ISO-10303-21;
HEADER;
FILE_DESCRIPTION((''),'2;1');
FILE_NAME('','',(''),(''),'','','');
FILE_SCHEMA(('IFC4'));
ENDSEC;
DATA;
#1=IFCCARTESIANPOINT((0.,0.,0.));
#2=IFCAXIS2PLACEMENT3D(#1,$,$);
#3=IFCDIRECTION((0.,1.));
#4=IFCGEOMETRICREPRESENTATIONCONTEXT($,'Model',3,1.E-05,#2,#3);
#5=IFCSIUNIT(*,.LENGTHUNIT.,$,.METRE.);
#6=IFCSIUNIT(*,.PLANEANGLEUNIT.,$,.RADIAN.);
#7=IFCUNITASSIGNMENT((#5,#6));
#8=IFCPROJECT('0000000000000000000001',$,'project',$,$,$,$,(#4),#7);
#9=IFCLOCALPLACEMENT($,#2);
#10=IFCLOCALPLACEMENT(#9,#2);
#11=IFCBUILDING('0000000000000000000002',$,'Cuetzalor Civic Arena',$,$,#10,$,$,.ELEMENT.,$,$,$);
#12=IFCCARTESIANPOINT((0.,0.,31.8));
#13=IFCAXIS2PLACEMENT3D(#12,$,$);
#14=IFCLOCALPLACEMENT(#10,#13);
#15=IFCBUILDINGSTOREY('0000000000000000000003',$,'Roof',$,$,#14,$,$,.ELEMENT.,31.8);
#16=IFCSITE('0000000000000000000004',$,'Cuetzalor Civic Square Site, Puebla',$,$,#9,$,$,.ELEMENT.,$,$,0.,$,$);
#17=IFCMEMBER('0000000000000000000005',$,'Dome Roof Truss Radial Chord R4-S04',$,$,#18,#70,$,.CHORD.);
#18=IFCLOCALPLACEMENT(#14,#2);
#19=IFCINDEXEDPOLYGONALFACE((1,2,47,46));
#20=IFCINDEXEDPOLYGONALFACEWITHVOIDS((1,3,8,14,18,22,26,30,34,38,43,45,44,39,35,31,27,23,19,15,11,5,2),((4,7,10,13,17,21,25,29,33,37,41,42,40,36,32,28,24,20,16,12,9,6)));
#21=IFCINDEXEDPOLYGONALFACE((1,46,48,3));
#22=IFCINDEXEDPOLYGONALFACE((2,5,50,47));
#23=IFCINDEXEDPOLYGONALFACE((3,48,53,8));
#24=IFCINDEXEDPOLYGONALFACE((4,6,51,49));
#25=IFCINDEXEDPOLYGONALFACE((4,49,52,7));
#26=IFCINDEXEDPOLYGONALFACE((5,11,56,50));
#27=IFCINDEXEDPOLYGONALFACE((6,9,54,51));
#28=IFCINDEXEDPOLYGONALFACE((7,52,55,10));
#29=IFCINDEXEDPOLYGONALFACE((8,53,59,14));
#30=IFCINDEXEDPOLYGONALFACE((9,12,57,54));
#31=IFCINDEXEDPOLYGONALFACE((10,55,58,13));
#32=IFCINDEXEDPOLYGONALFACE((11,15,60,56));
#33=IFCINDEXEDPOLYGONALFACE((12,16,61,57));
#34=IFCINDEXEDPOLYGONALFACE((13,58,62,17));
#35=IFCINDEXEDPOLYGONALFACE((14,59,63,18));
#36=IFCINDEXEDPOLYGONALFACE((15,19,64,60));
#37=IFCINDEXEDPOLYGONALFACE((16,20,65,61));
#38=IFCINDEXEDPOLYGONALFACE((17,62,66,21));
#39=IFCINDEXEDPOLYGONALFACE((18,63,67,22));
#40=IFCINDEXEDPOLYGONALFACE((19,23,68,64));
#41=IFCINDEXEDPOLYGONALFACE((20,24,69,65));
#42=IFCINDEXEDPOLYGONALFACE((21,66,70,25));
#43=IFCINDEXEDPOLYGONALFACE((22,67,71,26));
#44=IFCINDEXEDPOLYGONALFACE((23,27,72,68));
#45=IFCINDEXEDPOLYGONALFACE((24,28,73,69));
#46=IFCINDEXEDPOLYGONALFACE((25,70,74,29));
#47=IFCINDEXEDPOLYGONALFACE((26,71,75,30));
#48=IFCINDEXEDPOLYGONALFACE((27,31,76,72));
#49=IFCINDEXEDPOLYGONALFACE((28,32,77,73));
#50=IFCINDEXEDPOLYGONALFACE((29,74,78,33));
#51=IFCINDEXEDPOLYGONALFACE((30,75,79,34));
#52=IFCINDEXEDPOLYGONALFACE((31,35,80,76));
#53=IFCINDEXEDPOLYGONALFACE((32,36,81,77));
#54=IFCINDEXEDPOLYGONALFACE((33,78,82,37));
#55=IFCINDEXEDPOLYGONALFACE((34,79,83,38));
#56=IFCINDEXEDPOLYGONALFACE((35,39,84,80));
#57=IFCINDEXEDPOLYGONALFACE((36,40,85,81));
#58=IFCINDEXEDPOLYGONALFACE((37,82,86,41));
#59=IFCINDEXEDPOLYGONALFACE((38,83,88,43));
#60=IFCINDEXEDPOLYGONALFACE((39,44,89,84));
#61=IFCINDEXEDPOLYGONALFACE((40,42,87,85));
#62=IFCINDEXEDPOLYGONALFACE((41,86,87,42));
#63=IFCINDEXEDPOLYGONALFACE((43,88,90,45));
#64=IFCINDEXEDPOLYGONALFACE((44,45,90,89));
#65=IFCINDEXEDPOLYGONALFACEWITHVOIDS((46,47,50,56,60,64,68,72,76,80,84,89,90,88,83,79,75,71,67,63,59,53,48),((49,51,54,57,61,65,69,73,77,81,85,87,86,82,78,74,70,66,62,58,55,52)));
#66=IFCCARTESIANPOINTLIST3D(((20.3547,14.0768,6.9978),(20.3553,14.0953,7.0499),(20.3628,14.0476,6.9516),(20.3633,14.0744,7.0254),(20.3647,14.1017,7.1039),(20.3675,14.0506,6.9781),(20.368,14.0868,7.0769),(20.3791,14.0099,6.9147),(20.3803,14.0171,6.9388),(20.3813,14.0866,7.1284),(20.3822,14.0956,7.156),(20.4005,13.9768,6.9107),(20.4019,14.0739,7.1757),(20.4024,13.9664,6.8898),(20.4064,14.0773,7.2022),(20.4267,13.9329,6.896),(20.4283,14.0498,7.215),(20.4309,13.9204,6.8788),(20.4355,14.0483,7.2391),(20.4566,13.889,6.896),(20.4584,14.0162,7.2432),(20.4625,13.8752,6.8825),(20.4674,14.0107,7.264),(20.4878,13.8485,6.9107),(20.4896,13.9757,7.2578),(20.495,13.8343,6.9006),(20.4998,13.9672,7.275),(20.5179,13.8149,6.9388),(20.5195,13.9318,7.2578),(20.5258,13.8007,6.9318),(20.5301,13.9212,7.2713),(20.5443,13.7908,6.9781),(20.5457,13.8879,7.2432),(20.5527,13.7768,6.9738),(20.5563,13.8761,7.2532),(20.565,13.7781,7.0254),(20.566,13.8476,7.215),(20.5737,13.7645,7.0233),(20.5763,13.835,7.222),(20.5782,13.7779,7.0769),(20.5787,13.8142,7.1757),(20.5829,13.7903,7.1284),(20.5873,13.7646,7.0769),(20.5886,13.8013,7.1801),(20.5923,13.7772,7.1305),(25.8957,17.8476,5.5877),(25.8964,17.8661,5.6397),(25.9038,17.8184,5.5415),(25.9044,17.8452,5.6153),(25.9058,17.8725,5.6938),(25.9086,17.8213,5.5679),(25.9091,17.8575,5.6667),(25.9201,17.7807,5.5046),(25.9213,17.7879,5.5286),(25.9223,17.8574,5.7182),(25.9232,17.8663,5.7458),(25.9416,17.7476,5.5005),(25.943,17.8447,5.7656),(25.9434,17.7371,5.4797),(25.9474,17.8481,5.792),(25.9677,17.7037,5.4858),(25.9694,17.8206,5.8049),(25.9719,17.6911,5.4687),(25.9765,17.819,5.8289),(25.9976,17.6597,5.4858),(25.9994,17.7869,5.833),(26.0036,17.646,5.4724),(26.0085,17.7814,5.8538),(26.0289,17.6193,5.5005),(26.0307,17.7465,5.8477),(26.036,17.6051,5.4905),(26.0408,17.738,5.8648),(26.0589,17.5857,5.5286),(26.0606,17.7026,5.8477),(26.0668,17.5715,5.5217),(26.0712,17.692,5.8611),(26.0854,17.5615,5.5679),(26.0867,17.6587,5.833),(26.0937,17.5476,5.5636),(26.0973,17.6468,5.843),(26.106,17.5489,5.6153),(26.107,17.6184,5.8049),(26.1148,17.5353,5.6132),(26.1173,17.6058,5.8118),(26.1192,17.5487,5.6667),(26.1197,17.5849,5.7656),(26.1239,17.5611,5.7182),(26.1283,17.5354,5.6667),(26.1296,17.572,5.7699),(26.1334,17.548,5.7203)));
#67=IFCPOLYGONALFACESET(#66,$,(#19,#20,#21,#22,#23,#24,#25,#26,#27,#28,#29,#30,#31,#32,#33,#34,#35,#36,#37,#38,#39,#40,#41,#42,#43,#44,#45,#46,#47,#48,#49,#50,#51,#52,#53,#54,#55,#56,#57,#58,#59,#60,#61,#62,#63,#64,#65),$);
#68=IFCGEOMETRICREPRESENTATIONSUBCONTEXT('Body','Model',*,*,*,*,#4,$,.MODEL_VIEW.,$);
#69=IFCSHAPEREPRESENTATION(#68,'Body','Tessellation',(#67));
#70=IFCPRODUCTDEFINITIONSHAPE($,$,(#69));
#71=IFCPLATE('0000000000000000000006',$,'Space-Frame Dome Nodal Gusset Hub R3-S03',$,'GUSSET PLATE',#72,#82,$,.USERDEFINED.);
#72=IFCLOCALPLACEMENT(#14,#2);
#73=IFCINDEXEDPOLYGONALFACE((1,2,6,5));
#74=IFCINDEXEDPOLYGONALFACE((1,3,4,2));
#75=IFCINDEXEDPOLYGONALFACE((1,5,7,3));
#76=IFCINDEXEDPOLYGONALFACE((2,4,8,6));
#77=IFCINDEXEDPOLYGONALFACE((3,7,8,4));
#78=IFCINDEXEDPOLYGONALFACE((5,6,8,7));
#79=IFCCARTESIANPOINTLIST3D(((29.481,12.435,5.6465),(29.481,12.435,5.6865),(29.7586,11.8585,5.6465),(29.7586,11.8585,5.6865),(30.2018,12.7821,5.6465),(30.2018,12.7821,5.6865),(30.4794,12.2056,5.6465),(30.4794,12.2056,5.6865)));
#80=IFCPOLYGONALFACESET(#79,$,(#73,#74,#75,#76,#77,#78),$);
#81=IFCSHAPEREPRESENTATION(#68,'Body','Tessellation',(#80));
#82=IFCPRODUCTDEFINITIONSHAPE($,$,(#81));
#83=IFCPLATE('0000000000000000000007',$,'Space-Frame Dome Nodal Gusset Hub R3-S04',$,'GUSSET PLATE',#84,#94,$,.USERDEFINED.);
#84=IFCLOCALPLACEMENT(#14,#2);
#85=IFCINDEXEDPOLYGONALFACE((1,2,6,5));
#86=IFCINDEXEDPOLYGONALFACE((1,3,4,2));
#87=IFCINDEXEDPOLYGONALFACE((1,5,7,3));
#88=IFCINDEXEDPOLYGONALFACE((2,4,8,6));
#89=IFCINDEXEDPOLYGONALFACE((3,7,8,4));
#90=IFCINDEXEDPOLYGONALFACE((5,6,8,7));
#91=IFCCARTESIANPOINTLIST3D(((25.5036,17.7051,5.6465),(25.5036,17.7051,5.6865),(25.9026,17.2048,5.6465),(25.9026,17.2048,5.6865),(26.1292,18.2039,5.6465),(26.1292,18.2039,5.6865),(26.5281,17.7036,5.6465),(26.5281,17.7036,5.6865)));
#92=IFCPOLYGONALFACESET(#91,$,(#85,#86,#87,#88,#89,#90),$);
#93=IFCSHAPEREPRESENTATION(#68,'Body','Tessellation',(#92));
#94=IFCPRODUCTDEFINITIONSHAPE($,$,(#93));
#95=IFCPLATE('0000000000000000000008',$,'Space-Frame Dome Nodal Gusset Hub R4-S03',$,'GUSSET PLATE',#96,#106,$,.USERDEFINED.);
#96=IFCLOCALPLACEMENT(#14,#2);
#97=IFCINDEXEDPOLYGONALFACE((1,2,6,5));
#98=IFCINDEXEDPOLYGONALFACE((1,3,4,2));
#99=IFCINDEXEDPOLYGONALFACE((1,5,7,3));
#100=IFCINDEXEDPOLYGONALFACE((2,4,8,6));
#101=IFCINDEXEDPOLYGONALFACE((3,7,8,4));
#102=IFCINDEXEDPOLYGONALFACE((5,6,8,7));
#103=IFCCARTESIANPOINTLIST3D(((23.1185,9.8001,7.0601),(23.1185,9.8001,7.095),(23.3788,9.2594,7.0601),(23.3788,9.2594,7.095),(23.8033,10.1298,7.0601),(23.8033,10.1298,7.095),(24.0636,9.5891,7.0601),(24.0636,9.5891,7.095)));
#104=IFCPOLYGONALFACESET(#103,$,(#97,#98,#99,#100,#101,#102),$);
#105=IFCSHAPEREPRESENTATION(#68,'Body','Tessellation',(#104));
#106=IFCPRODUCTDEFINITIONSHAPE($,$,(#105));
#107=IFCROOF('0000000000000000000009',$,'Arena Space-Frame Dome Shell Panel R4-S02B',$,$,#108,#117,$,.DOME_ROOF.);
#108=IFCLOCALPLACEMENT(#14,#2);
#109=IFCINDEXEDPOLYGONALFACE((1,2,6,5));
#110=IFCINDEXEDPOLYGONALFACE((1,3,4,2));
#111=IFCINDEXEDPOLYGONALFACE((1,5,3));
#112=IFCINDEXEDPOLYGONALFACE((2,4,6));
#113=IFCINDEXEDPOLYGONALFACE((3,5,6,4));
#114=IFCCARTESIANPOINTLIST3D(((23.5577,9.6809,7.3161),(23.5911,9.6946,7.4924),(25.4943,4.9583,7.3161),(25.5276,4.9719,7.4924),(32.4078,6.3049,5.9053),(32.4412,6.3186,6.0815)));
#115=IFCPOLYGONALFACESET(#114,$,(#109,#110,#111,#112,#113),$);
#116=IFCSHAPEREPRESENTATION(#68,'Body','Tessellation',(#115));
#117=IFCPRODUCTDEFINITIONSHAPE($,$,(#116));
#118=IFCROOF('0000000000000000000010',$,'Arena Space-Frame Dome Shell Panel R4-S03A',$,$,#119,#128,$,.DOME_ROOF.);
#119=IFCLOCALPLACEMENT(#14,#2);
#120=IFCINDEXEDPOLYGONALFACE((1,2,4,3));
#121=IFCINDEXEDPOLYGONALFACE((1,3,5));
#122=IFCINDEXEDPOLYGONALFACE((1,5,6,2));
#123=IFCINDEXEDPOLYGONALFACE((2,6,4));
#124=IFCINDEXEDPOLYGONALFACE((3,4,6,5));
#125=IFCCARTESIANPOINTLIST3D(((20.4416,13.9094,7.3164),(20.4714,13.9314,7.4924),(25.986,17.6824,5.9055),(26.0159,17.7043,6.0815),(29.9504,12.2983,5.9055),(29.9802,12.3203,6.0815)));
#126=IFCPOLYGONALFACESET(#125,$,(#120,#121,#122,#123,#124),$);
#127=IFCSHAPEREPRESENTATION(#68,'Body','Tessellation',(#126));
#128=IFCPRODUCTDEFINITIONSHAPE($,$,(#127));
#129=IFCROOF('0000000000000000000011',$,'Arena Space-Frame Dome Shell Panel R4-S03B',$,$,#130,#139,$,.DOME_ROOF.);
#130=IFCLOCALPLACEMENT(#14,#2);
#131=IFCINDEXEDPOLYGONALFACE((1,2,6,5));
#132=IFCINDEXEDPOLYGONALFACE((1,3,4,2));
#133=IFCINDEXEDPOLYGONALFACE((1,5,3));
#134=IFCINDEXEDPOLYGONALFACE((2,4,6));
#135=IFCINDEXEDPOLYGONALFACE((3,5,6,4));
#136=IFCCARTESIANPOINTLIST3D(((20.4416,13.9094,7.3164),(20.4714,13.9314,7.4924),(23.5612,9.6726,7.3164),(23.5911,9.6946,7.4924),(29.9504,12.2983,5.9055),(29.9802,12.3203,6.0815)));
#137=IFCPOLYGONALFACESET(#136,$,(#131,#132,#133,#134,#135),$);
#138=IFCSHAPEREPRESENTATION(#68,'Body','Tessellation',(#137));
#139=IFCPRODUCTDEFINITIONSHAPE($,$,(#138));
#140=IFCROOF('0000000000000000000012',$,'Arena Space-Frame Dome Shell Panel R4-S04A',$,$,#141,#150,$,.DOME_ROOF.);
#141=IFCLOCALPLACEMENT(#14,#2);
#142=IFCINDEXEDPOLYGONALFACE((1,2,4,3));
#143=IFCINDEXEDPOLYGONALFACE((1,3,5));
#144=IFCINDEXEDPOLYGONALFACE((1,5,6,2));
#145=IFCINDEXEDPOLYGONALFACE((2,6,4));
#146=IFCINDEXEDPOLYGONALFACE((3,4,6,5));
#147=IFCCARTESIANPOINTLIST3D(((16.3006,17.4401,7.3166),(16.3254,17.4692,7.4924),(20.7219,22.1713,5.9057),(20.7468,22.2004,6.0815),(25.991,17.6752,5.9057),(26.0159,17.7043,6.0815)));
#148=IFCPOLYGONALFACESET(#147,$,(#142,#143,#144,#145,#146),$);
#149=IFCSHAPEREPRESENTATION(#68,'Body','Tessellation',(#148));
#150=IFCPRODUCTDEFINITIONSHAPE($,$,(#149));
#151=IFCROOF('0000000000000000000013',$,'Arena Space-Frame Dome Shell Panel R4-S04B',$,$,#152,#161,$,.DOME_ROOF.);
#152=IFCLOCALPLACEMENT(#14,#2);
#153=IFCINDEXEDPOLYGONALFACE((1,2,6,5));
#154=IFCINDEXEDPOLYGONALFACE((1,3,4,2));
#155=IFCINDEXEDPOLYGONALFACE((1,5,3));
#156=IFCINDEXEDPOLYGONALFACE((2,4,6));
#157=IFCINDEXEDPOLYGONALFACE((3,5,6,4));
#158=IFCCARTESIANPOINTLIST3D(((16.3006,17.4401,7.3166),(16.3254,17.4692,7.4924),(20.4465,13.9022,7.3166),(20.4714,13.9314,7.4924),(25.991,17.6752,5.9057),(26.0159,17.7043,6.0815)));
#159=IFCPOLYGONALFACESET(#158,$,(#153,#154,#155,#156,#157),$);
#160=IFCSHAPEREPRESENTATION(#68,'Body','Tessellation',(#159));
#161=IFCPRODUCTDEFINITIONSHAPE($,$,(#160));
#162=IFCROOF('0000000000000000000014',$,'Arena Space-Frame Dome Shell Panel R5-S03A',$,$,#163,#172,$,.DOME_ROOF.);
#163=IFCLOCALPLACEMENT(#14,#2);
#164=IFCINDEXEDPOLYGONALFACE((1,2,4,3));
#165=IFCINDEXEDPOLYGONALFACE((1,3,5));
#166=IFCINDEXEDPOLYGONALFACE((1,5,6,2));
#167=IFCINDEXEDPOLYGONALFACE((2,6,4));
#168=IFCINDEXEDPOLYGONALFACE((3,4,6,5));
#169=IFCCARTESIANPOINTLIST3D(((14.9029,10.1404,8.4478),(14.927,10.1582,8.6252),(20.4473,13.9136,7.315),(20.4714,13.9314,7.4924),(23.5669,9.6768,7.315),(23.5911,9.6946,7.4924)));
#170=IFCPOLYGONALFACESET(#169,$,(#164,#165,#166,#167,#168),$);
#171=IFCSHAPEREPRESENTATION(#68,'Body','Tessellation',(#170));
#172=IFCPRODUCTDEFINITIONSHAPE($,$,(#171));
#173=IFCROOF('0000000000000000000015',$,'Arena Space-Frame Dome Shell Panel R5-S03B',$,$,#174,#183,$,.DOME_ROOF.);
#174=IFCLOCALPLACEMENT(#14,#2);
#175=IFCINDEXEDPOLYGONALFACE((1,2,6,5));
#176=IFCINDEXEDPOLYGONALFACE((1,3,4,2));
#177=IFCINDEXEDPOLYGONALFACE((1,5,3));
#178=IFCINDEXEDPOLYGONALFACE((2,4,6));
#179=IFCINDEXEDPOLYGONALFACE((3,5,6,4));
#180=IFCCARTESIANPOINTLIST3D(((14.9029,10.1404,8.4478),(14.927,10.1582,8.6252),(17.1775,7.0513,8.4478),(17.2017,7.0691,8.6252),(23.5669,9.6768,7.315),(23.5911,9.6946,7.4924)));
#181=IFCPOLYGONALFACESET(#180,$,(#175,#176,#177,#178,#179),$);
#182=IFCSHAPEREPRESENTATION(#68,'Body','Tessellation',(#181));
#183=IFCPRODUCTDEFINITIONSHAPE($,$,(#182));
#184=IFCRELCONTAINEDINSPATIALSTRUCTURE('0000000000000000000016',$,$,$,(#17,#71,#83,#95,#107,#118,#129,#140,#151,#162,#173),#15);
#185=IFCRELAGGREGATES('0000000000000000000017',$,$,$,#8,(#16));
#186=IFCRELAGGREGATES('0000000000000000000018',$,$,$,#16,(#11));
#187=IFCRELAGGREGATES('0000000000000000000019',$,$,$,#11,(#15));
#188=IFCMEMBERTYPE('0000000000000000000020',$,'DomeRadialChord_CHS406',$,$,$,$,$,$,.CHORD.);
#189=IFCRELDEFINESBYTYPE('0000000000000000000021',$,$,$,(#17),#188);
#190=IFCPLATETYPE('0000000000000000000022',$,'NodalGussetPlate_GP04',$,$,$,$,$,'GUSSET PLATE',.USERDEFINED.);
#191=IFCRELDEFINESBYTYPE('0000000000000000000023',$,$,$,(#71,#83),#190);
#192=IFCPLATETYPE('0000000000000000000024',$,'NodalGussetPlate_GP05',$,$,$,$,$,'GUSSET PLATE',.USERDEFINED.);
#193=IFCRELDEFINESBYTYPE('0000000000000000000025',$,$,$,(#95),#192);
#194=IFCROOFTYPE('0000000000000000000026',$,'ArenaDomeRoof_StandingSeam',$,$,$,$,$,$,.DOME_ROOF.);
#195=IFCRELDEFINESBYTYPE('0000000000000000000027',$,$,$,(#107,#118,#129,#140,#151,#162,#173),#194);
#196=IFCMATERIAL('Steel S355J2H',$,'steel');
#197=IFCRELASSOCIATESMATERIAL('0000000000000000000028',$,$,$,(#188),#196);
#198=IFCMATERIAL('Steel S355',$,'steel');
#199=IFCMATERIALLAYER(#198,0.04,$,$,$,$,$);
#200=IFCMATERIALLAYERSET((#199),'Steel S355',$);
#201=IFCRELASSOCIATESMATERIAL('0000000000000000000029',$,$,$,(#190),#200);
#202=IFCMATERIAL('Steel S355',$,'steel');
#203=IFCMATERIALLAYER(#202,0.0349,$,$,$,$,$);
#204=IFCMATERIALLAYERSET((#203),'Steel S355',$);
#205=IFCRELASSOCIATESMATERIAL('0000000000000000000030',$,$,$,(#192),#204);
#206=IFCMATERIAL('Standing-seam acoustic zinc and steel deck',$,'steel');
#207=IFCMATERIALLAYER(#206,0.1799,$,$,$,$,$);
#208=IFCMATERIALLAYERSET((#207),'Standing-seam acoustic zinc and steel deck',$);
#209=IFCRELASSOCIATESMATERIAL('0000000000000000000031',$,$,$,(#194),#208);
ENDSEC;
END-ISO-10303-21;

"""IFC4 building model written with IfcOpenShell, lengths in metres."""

from ifc_helpers import new_model, si_unit, direction, frame, origin, origin_2d, place, context, subcontext, project, spatial, polyline, rectangle, hollow_circle, outline, extrude, material, layer, layer_set, material_profile, profile_set, type_object, element, save


model = new_model("IFC4")

# Units and contexts
model_context = context("Model", 3, precision=1e-05, world=origin(), true_north=direction((0.0, 1.0)))
body_context = subcontext(model_context, "Body", "Model", "MODEL_VIEW")
ifc_project = project(units=[si_unit("LENGTHUNIT", "METRE"), si_unit("PLANEANGLEUNIT", "RADIAN")], contexts=[model_context])

# Site, building, storey
site_placement = place(None, origin())
site = spatial("IfcSite", under=ifc_project, at=site_placement, Name="Cuetzalor Civic Square Site, Puebla", CompositionType="ELEMENT", RefElevation=0.0)
building_placement = place(site_placement, origin())
building = spatial("IfcBuilding", under=site, at=building_placement, Name="Cuetzalor Civic Arena", CompositionType="ELEMENT")
storey_placement = place(building_placement, frame((0.0, 0.0, 31.8)))
storey = spatial("IfcBuildingStorey", under=building, at=storey_placement, Name="Roof", CompositionType="ELEMENT", Elevation=31.8)

# Member
ifc_material_1 = material(Name="Steel S355J2H", Category="steel")
ifc_material_profile_1 = material_profile(ifc_material_1, hollow_circle(Radius=0.2029, WallThickness=0.0161, at=origin_2d()), Name="CHS 406x16")
ifc_profile_set_1 = profile_set([ifc_material_profile_1], Name="Steel S355J2H")
member_type_1 = type_object("IfcMemberType", Name="DomeRadialChord_CHS406", PredefinedType="CHORD", material=ifc_profile_set_1)
member_1_placement = place(storey_placement, frame((26.0142, 17.7031, 5.6667), z_axis=(-0.809015, -0.550548, 0.20589), x_axis=(0.562602, -0.826728, 0.0)))
element("IfcMember", 1, at=member_1_placement, inside=storey, type_object=member_type_1, Name="Dome Roof Truss Radial Chord R4-S04", PredefinedType="CHORD", context=body_context, shape_type="SweptSolid", body=[
    extrude(hollow_circle(Radius=0.2029, WallThickness=0.0161, at=origin_2d()), origin(), (0.0, 0.0, 1.0), 6.8491),
])

# Plates
ifc_material_2 = material(Name="Steel S355", Category="steel")
ifc_layer_1 = layer(ifc_material_2, 0.04)
ifc_layer_set_1 = layer_set([ifc_layer_1], Name="Steel S355")
plate_type_1 = type_object("IfcPlateType", Name="NodalGussetPlate_GP04", ElementType="GUSSET PLATE", PredefinedType="USERDEFINED", material=ifc_layer_set_1)
for number, where, z_axis, x_axis, name in (
    (2, (29.9802, 12.3203, 5.6465), (0.0, 0.0, 1.0), (0.901001, 0.433816, 0.0), "Space-Frame Dome Nodal Gusset Hub R3-S03"),
    (3, (26.0159, 17.7043, 5.6465), (0.0, 0.0, 1.0), (0.781847, 0.62347, 0.0), "Space-Frame Dome Nodal Gusset Hub R3-S04"),
):
    element("IfcPlate", number, at=place(storey_placement, frame(where, z_axis=z_axis, x_axis=x_axis)), inside=storey, type_object=plate_type_1, Name=name, ObjectType="GUSSET PLATE", PredefinedType="USERDEFINED", context=body_context, shape_type="SweptSolid", body=[
        extrude(rectangle(XDim=0.8, YDim=0.6399, at=origin_2d()), origin(), (0.0, 0.0, 1.0), 0.04),
    ])
ifc_material_3 = material(Name="Steel S355", Category="steel")
ifc_layer_2 = layer(ifc_material_3, 0.0349)
ifc_layer_set_2 = layer_set([ifc_layer_2], Name="Steel S355")
plate_type_2 = type_object("IfcPlateType", Name="NodalGussetPlate_GP05", ElementType="GUSSET PLATE", PredefinedType="USERDEFINED", material=ifc_layer_set_2)
plate_placement = place(storey_placement, frame((23.5911, 9.6946, 7.0601), z_axis=(0.0, 0.0, 1.0), x_axis=(0.901001, 0.433816, 0.0)))
element("IfcPlate", 4, at=plate_placement, inside=storey, type_object=plate_type_2, Name="Space-Frame Dome Nodal Gusset Hub R4-S03", ObjectType="GUSSET PLATE", PredefinedType="USERDEFINED", context=body_context, shape_type="SweptSolid", body=[
    extrude(rectangle(XDim=0.76, YDim=0.6001, at=origin_2d()), origin(), (0.0, 0.0, 1.0), 0.0349),
])

# Roofs
ifc_material_4 = material(Name="Standing-seam acoustic zinc and steel deck", Category="steel")
ifc_layer_3 = layer(ifc_material_4, 0.1799)
ifc_layer_set_3 = layer_set([ifc_layer_3], Name="Standing-seam acoustic zinc and steel deck")
roof_type = type_object("IfcRoofType", Name="ArenaDomeRoof_StandingSeam", PredefinedType="DOME_ROOF", material=ifc_layer_set_3)
roof_1_placement = place(storey_placement, frame((32.4412, 6.3186, 6.0815), z_axis=(0.185158, 0.075924, 0.979771), x_axis=(-0.924134, 0.352522, 0.147326)))
element("IfcRoof", 5, at=roof_1_placement, inside=storey, type_object=roof_type, Name="Arena Space-Frame Dome Shell Panel R4-S02B", PredefinedType="DOME_ROOF", context=body_context, shape_type="SweptSolid", body=[
    extrude(outline(polyline([(0.0, 0.0), (9.5766, 0.0), (6.1222, 3.7577), (0.0, 0.0)])), origin(), (0.0, 0.0, -1.0), 0.1799),
])
roof_2_placement = place(storey_placement, frame((29.9802, 12.3203, 6.0815), z_axis=(0.16589, 0.122148, 0.97855), x_axis=(-0.592925, 0.805258, 0.0)))
element("IfcRoof", 6, at=roof_2_placement, inside=storey, type_object=roof_type, Name="Arena Space-Frame Dome Shell Panel R4-S03A", PredefinedType="DOME_ROOF", context=body_context, shape_type="SweptSolid", body=[
    extrude(outline(polyline([(0.0, 0.0), (6.6861, 0.0), (6.9353, 6.8487), (0.0, 0.0)])), origin(), (0.0, 0.0, -1.0), 0.1799),
])
roof_3_placement = place(storey_placement, frame((29.9802, 12.3203, 6.0815), z_axis=(0.16589, 0.122147, 0.97855), x_axis=(-0.975564, 0.165291, 0.144752)))
element("IfcRoof", 7, at=roof_3_placement, inside=storey, type_object=roof_type, Name="Arena Space-Frame Dome Shell Panel R4-S03B", PredefinedType="DOME_ROOF", context=body_context, shape_type="SweptSolid", body=[
    extrude(outline(polyline([(0.0, 0.0), (9.747, 0.0), (6.0033, 3.6969), (0.0, 0.0)])), origin(), (0.0, 0.0, -1.0), 0.1799),
])
roof_4_placement = place(storey_placement, frame((26.0159, 17.7043, 6.0815), z_axis=(0.138319, 0.162099, 0.977032), x_axis=(-0.760698, 0.649106, 0.0)))
element("IfcRoof", 8, at=roof_4_placement, inside=storey, type_object=roof_type, Name="Arena Space-Frame Dome Shell Panel R4-S04A", PredefinedType="DOME_ROOF", context=body_context, shape_type="SweptSolid", body=[
    extrude(outline(polyline([(0.0, 0.0), (6.9266, 0.0), (7.2189, 6.621), (0.0, 0.0)])), origin(), (0.0, 0.0, -1.0), 0.1799),
])
roof_5_placement = place(storey_placement, frame((26.0159, 17.7043, 6.0815), z_axis=(0.138319, 0.162096, 0.977032), x_axis=(-0.989281, -0.024002, 0.144036)))
element("IfcRoof", 9, at=roof_5_placement, inside=storey, type_object=roof_type, Name="Arena Space-Frame Dome Shell Panel R4-S04B", PredefinedType="DOME_ROOF", context=body_context, shape_type="SweptSolid", body=[
    extrude(outline(polyline([(0.0, 0.0), (9.7954, 0.0), (5.7788, 3.684), (0.0, 0.0)])), origin(), (0.0, 0.0, -1.0), 0.1799),
])
roof_6_placement = place(storey_placement, frame((23.5911, 9.6946, 7.4924), z_axis=(0.134208, 0.098819, 0.986014), x_axis=(-0.592924, 0.805259, 0.0)))
element("IfcRoof", 10, at=roof_6_placement, inside=storey, type_object=roof_type, Name="Arena Space-Frame Dome Shell Panel R5-S03A", PredefinedType="DOME_ROOF", context=body_context, shape_type="SweptSolid", body=[
    extrude(outline(polyline([(0.0, 0.0), (5.2614, 0.0), (5.5105, 6.797), (0.0, 0.0)])), origin(), (0.0, 0.0, -1.0), 0.1799),
])
roof_7_placement = place(storey_placement, frame((23.5911, 9.6946, 7.4924), z_axis=(0.134208, 0.098824, 0.986013), x_axis=(-0.990168, 0.052985, 0.129463)))
element("IfcRoof", 11, at=roof_7_placement, inside=storey, type_object=roof_type, Name="Arena Space-Frame Dome Shell Panel R5-S03B", PredefinedType="DOME_ROOF", context=body_context, shape_type="SweptSolid", body=[
    extrude(outline(polyline([(0.0, 0.0), (8.7501, 0.0), (6.3341, 2.9799), (0.0, 0.0)])), origin(), (0.0, 0.0, -1.0), 0.1799),
])

save(model, "model.ifc")
